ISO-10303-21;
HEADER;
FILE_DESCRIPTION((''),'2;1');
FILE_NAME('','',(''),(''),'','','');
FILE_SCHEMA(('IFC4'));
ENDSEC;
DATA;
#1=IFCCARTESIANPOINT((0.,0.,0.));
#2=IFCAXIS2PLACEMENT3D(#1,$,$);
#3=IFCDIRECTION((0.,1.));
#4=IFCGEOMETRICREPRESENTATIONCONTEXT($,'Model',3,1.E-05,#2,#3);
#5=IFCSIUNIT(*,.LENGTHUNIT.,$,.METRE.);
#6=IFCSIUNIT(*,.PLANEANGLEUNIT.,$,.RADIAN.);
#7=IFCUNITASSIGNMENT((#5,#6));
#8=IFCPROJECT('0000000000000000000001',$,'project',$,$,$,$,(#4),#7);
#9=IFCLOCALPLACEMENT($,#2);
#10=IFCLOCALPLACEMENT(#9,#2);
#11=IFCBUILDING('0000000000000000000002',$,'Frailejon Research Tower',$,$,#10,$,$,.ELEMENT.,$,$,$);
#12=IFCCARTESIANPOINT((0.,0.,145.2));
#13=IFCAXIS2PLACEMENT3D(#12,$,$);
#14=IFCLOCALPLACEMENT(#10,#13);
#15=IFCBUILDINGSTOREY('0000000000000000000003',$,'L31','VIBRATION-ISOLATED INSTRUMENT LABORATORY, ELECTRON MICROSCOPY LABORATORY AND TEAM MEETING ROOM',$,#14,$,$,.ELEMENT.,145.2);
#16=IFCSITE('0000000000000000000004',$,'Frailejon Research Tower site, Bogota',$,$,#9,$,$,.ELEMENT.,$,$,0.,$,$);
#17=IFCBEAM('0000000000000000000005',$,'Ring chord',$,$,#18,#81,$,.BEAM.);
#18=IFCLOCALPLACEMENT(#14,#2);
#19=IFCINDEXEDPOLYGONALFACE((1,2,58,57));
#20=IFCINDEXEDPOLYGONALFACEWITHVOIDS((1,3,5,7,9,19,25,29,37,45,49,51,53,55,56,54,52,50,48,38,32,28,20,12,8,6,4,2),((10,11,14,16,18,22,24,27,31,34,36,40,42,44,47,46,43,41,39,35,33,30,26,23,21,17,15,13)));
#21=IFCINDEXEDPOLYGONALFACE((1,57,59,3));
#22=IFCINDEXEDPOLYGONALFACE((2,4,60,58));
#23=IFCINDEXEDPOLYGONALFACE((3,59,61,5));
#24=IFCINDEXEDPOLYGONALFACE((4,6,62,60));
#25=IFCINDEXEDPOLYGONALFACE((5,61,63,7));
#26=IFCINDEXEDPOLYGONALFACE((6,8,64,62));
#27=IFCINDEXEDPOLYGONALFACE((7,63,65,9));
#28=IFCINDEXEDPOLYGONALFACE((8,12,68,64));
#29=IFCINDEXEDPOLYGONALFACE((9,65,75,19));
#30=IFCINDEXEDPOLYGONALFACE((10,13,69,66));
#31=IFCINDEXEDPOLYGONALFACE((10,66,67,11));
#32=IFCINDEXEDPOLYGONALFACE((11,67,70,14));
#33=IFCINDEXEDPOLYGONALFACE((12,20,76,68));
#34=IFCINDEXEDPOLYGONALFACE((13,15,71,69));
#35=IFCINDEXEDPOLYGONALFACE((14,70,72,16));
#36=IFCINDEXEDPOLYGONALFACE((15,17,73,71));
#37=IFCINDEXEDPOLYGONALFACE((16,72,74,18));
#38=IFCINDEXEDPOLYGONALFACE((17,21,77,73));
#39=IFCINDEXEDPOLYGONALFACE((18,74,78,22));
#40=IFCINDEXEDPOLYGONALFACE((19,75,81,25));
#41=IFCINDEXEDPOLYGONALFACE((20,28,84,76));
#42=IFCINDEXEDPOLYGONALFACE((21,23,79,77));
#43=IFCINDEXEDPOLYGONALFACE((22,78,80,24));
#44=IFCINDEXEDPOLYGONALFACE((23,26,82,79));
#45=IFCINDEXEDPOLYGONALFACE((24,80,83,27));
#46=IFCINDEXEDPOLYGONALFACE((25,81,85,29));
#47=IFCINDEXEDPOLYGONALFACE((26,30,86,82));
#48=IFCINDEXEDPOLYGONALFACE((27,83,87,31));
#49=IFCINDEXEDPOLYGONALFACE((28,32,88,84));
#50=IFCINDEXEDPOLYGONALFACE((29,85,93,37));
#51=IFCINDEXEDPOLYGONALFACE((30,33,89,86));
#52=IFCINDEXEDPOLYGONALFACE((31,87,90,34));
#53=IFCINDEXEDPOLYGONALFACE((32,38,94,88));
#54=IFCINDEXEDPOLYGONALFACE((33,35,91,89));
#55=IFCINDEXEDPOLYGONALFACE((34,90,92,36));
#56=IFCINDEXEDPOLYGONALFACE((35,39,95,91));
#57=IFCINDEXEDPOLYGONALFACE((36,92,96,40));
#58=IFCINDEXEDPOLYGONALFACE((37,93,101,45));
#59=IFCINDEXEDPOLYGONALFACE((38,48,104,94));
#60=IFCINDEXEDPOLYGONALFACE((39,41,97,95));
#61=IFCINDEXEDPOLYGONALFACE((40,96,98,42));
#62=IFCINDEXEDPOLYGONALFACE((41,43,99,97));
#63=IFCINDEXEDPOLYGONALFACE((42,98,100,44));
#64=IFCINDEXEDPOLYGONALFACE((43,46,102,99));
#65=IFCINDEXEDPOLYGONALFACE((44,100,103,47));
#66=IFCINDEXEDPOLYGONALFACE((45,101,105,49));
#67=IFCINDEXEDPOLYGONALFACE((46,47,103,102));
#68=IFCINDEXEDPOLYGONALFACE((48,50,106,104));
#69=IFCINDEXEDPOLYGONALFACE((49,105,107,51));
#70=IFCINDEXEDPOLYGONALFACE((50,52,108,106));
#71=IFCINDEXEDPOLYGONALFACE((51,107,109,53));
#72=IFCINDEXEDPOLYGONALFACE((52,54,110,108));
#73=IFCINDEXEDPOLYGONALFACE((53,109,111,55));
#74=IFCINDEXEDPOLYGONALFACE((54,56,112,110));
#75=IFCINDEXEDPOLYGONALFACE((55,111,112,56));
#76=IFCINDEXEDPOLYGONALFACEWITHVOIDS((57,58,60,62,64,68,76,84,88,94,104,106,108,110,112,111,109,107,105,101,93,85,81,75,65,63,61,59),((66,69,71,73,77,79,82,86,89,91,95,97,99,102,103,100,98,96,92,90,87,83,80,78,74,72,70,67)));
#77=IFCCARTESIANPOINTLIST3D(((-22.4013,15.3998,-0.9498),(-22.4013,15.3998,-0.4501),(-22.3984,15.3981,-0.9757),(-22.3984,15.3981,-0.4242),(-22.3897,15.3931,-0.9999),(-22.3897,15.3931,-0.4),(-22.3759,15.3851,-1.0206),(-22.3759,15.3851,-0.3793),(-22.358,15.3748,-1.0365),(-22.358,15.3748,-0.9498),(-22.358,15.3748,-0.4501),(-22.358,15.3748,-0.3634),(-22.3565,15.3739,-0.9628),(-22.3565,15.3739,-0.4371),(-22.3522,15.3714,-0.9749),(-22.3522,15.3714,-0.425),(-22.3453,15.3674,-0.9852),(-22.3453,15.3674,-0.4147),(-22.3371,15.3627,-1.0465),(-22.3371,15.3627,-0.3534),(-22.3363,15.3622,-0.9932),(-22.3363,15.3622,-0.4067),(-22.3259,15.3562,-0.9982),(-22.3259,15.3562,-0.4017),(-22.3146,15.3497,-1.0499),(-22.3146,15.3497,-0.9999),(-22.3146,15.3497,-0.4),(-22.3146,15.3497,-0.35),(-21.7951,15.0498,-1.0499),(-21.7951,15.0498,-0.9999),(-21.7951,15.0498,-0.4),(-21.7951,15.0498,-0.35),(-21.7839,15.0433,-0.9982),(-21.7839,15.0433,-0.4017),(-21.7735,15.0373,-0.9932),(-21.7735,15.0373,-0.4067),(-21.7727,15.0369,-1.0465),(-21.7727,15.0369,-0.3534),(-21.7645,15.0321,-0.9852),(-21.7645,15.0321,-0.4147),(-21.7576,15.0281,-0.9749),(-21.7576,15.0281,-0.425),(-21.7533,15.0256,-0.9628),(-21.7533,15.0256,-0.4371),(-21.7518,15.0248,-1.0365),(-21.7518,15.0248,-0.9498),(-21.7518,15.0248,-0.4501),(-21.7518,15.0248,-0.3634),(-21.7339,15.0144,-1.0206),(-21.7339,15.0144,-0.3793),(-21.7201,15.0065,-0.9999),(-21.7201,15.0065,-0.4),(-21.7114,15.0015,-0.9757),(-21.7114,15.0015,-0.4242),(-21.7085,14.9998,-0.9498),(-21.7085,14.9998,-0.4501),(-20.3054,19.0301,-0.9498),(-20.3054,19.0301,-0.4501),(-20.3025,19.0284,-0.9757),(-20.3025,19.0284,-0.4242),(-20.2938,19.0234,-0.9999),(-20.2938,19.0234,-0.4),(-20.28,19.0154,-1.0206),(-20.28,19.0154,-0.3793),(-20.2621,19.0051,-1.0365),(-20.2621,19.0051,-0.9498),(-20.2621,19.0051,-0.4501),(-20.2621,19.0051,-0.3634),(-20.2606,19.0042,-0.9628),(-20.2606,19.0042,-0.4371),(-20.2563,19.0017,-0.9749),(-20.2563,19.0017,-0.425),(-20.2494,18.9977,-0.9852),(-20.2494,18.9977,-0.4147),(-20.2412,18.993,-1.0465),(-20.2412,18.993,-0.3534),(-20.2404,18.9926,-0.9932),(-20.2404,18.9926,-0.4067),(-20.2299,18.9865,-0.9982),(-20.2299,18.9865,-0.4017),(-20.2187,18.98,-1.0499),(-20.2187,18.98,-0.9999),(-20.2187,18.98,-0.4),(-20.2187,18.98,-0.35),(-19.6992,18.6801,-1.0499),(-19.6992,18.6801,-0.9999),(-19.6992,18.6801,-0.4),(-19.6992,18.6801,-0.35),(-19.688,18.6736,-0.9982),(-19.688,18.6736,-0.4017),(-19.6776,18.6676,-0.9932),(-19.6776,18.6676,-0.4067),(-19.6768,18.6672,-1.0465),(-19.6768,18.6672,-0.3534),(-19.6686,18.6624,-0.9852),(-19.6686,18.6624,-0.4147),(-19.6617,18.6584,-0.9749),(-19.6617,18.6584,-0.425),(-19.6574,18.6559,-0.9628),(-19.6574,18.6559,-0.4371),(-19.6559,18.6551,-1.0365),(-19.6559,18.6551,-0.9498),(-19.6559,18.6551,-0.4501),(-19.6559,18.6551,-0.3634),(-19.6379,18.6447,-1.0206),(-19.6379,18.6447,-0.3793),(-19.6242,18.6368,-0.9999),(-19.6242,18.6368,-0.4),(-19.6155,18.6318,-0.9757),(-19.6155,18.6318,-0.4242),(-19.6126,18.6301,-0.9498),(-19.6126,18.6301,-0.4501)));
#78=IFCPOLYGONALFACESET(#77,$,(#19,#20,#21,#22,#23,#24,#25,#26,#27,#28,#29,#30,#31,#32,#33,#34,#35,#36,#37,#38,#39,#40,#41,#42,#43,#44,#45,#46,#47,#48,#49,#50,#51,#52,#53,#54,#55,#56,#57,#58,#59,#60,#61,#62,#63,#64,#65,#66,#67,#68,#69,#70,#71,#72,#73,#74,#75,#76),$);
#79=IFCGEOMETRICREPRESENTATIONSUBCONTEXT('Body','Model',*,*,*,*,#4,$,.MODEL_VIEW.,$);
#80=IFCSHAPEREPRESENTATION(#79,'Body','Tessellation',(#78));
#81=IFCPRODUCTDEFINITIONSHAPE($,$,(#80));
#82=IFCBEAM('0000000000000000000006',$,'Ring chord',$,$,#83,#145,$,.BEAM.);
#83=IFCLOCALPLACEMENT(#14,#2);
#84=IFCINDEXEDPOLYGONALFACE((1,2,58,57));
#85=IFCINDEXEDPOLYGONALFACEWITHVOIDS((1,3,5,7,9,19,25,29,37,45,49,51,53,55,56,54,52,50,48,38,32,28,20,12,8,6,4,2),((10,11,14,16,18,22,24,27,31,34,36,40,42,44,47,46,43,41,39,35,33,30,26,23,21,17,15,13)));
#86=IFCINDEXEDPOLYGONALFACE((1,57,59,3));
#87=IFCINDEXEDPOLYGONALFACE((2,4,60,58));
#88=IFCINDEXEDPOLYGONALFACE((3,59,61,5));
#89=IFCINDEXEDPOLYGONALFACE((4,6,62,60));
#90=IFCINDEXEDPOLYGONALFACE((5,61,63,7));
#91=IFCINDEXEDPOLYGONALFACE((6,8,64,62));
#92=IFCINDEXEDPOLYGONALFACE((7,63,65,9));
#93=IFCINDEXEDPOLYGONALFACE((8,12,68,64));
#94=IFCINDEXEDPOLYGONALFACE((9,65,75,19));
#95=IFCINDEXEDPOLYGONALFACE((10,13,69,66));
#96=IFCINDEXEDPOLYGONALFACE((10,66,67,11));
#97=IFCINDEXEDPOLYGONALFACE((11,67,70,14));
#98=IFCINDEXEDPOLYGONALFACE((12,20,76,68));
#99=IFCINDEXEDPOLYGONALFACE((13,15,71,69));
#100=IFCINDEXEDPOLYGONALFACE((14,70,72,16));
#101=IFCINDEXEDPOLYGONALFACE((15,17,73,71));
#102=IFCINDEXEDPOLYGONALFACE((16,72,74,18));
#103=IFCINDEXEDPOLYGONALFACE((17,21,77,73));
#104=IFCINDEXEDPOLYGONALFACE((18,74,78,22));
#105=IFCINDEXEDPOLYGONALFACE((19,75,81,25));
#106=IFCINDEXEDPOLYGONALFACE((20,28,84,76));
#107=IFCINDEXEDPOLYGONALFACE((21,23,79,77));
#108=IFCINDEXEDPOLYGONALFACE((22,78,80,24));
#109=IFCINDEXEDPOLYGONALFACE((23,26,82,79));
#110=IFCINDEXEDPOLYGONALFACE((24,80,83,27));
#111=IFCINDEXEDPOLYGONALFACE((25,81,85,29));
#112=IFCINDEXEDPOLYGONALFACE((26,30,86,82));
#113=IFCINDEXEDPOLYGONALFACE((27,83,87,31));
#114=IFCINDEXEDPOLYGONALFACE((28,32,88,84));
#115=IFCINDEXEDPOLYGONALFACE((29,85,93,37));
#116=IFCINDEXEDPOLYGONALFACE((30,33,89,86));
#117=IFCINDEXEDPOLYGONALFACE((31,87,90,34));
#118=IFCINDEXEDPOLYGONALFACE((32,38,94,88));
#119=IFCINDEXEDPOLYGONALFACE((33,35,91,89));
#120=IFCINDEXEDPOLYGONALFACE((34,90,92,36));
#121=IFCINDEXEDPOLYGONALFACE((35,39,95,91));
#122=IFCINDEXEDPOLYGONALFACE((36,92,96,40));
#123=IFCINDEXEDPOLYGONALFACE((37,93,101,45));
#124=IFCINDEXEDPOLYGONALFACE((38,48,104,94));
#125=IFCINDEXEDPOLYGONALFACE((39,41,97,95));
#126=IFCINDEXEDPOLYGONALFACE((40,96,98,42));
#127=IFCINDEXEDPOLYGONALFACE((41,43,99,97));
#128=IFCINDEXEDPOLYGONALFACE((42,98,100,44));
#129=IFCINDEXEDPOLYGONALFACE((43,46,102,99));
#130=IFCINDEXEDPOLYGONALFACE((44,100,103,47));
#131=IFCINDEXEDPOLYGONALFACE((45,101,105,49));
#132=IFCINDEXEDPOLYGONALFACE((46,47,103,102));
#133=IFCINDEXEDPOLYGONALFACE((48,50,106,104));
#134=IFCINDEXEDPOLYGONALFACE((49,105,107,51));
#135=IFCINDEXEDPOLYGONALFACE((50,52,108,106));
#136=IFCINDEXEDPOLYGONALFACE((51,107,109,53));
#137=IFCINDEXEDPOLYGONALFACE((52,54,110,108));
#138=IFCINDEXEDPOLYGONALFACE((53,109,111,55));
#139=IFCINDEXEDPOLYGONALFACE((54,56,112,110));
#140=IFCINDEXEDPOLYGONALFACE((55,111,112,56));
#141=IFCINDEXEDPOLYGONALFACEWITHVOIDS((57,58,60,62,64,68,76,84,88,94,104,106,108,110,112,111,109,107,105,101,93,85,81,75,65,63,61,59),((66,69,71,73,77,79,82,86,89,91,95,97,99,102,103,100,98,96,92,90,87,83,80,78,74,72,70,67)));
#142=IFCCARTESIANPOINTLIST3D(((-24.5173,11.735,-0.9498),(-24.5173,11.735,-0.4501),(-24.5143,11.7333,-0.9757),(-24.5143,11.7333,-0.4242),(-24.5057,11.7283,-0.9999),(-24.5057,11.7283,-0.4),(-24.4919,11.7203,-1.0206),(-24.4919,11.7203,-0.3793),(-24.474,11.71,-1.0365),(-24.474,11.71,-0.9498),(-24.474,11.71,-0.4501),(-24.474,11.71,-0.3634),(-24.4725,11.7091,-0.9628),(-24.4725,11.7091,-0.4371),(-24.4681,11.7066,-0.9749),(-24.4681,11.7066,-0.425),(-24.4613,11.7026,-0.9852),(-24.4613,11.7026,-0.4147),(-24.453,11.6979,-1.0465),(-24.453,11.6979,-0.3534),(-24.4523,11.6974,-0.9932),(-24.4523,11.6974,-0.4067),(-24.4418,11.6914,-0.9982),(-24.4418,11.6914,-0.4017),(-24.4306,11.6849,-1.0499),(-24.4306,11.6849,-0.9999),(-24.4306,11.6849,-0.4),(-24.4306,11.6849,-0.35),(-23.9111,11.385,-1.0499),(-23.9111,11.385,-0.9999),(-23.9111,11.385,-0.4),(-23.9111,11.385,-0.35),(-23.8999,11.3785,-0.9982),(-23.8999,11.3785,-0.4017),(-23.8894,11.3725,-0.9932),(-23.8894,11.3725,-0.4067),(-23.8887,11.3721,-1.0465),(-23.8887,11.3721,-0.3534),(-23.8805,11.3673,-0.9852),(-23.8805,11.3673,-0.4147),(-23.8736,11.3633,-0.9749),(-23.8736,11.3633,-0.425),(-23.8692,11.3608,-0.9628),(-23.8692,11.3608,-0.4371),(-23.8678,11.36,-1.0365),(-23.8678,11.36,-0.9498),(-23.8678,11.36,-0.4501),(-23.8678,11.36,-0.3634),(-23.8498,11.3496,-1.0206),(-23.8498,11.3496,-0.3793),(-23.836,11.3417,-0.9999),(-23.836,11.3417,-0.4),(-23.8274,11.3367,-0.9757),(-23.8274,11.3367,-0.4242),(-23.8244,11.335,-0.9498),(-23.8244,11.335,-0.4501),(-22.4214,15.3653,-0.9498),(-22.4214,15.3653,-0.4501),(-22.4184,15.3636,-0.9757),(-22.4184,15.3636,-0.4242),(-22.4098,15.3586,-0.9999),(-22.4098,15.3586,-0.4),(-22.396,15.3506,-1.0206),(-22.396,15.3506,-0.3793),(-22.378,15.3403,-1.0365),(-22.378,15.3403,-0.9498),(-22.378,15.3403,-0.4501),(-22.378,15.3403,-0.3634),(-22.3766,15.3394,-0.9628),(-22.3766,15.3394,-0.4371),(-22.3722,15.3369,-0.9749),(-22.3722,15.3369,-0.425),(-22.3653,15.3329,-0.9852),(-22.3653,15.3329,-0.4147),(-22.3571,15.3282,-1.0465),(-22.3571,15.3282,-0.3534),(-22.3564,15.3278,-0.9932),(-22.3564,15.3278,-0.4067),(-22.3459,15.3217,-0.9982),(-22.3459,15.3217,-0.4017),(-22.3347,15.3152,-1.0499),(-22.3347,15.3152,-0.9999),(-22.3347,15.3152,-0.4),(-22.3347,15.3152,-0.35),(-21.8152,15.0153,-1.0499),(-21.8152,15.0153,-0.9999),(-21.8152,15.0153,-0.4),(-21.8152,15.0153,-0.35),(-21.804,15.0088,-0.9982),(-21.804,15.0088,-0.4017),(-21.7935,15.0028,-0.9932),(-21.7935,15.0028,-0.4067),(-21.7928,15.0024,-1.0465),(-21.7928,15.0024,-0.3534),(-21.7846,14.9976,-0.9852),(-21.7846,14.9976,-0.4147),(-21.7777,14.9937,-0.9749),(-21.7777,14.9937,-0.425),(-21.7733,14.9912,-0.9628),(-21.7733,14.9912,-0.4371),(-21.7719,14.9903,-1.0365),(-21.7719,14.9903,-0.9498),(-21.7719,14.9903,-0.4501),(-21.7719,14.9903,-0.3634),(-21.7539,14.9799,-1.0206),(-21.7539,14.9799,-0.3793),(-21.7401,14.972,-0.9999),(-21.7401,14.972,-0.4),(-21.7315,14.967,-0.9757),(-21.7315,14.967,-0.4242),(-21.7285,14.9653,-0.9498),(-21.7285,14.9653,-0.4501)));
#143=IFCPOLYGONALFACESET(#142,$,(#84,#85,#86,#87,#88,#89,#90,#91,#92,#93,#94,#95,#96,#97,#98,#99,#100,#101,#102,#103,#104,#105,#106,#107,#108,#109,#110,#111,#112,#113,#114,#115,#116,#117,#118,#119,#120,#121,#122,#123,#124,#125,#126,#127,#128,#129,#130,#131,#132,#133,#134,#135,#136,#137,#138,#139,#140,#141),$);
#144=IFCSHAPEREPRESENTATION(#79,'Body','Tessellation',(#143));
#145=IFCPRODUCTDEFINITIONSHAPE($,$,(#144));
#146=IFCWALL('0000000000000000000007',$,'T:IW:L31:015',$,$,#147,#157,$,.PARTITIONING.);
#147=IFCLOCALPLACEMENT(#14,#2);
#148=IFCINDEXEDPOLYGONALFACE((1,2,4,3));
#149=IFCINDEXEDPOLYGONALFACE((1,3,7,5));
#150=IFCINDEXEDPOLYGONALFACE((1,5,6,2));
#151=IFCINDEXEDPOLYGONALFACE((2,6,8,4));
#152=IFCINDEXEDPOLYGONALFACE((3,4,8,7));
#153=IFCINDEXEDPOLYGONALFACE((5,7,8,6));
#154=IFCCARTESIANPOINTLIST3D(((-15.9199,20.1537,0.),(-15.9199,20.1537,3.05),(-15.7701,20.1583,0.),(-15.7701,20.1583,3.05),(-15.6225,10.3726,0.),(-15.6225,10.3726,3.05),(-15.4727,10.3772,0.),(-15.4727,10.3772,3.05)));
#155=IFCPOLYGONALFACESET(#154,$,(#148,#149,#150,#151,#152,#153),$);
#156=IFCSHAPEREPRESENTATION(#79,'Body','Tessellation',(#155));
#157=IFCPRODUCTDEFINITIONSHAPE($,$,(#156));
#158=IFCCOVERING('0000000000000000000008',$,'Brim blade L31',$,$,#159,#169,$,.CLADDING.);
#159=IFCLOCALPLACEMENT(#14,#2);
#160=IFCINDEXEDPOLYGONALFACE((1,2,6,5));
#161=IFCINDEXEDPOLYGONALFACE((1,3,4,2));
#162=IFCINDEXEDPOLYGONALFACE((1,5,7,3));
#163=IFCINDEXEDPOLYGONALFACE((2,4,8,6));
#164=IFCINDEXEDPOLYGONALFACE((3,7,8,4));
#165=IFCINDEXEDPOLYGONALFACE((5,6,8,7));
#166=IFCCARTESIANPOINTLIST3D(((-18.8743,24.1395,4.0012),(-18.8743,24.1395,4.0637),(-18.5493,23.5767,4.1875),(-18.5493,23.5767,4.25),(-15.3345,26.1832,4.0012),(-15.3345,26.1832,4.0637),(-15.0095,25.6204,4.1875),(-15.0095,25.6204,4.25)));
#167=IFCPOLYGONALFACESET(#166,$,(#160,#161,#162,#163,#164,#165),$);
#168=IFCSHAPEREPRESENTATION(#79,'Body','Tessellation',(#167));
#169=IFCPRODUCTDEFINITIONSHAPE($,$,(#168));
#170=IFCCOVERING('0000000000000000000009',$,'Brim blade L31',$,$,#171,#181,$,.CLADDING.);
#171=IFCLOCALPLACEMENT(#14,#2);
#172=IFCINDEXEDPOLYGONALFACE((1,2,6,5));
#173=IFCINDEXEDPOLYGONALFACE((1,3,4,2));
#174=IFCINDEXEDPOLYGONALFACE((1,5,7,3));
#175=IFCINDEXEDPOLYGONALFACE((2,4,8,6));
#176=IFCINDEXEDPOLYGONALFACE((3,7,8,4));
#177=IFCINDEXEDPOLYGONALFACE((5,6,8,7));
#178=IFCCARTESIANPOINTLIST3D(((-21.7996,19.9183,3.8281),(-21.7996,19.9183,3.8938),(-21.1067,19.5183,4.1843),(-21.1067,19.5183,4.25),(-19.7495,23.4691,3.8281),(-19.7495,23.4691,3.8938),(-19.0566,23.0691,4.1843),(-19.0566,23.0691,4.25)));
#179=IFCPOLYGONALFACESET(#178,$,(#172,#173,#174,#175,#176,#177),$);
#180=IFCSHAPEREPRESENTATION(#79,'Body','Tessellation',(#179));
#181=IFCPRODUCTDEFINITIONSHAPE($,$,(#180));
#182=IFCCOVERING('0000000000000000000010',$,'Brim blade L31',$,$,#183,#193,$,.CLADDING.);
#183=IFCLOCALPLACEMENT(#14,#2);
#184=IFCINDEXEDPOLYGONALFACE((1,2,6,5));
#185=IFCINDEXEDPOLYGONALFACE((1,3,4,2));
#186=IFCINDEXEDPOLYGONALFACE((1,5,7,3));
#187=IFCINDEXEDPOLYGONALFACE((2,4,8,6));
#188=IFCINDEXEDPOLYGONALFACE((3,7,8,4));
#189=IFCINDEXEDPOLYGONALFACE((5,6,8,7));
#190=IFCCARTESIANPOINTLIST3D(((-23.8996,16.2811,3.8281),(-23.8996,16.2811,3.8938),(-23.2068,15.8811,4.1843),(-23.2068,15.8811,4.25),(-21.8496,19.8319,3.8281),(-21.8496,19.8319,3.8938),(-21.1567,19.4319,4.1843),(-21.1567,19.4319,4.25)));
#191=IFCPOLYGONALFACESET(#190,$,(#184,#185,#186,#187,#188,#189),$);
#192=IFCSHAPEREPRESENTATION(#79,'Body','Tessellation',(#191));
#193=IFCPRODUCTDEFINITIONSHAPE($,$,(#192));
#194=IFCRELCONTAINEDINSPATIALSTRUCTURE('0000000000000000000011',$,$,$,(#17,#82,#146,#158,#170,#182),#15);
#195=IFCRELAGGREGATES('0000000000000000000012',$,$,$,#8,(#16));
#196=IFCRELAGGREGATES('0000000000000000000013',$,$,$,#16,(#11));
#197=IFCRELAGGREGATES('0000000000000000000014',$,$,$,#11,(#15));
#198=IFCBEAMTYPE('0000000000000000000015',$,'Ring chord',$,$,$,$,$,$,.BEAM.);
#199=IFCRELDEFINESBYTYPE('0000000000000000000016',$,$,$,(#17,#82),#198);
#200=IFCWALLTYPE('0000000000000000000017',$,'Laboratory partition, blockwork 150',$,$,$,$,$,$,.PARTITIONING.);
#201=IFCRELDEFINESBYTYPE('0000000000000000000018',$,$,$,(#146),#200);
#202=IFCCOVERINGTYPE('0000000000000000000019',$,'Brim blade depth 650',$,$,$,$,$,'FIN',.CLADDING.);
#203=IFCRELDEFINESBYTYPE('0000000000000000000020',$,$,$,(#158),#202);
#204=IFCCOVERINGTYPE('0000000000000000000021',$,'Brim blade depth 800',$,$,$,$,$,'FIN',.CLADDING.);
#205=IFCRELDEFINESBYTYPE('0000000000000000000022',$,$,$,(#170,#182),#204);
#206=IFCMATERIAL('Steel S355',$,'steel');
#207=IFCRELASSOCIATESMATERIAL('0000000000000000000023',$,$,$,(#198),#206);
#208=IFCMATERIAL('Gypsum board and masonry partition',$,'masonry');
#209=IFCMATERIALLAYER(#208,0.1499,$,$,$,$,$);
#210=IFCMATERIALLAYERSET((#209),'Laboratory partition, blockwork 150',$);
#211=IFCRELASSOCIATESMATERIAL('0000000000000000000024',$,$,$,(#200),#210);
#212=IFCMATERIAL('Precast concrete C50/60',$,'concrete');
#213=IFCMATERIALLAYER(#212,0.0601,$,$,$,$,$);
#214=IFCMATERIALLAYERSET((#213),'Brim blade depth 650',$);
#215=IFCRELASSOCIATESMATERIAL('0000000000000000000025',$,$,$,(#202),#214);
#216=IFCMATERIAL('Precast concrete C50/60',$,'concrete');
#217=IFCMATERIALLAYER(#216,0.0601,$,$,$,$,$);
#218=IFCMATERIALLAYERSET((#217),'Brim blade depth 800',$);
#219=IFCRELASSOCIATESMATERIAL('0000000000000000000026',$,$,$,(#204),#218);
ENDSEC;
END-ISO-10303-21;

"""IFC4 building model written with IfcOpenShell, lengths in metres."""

from ifc_helpers import new_model, si_unit, direction, frame, frame_2d, origin, origin_2d, place, context, subcontext, project, spatial, polyline, rectangle, hollow_rectangle, outline, extrude, material, layer, layer_set, material_profile, profile_set, type_object, element, save


model = new_model("IFC4")

# Units and contexts
model_context = context("Model", 3, precision=1e-05, world=origin(), true_north=direction((0.0, 1.0)))
body_context = subcontext(model_context, "Body", "Model", "MODEL_VIEW")
ifc_project = project(units=[si_unit("LENGTHUNIT", "METRE"), si_unit("PLANEANGLEUNIT", "RADIAN")], contexts=[model_context])

# Site, building, storey
site_placement = place(None, origin())
site = spatial("IfcSite", under=ifc_project, at=site_placement, Name="Frailejon Research Tower site, Bogota", CompositionType="ELEMENT", RefElevation=0.0)
building_placement = place(site_placement, origin())
building = spatial("IfcBuilding", under=site, at=building_placement, Name="Frailejon Research Tower", CompositionType="ELEMENT")
storey_placement = place(building_placement, frame((0.0, 0.0, 145.2)))
storey = spatial("IfcBuildingStorey", under=building, at=storey_placement, Name="L31", Description="VIBRATION-ISOLATED INSTRUMENT LABORATORY, ELECTRON MICROSCOPY LABORATORY AND TEAM MEETING ROOM", CompositionType="ELEMENT", Elevation=145.2)

# Beams
ifc_material_1 = material(Name="Steel S355", Category="steel")
ifc_material_profile_1 = material_profile(ifc_material_1, hollow_rectangle(XDim=0.8, YDim=0.7, WallThickness=0.05, InnerFilletRadius=0.05, OuterFilletRadius=0.1001, at=origin_2d()), Name="Ring chord")
ifc_profile_set_1 = profile_set([ifc_material_profile_1], Name="Steel S355")
beam_type_1 = type_object("IfcBeamType", Name="Ring chord", PredefinedType="BEAM", material=ifc_profile_set_1)
for number, where, z_axis, x_axis, name in (
    (1, (-19.959, 18.8301, -0.7), (-0.499991, -0.86603, 0.0), (0.86603, -0.499991, 0.0), "Ring chord"),
    (2, (-22.075, 15.1653, -0.7), (-0.499991, -0.86603, 0.0), (0.86603, -0.499991, 0.0), "Ring chord"),
):
    element("IfcBeam", number, at=place(storey_placement, frame(where, z_axis=z_axis, x_axis=x_axis)), inside=storey, type_object=beam_type_1, Name=name, PredefinedType="BEAM", context=body_context, shape_type="SweptSolid", body=[
        extrude(hollow_rectangle(XDim=0.8, YDim=0.7, WallThickness=0.05, InnerFilletRadius=0.05, OuterFilletRadius=0.1001, at=origin_2d()), origin(), (0.0, 0.0, 1.0), 4.1919),
    ])

# Wall
ifc_material_2 = material(Name="Gypsum board and masonry partition", Category="masonry")
ifc_layer_1 = layer(ifc_material_2, 0.1499)
ifc_layer_set_1 = layer_set([ifc_layer_1], Name="Laboratory partition, blockwork 150")
wall_type_1 = type_object("IfcWallType", Name="Laboratory partition, blockwork 150", PredefinedType="PARTITIONING", material=ifc_layer_set_1)
wall_1_placement = place(storey_placement, frame((-15.845, 20.156, 0.0), z_axis=(0.0, 0.0, 1.0), x_axis=(0.030388, -0.999538, 0.0)))
element("IfcWall", 3, at=wall_1_placement, inside=storey, type_object=wall_type_1, Name="T:IW:L31:015", PredefinedType="PARTITIONING", context=body_context, shape_type="SweptSolid", body=[
    extrude(rectangle(XDim=9.7856, YDim=0.1499, at=frame_2d((4.8928, 0.0))), origin(), (0.0, 0.0, 1.0), 3.05),
])

# Coverings
ifc_material_3 = material(Name="Precast concrete C50/60", Category="concrete")
ifc_layer_2 = layer(ifc_material_3, 0.0601)
ifc_layer_set_2 = layer_set([ifc_layer_2], Name="Brim blade depth 650")
covering_type_1 = type_object("IfcCoveringType", Name="Brim blade depth 650", ElementType="FIN", PredefinedType="CLADDING", material=ifc_layer_set_2)
covering_1_placement = place(storey_placement, frame((-18.5493, 23.5767, 4.25), z_axis=(0.866021, 0.500007, 0.0), x_axis=(-0.500007, 0.866021, 0.0)))
element("IfcCovering", 4, at=covering_1_placement, inside=storey, type_object=covering_type_1, Name="Brim blade L31", PredefinedType="CLADDING", context=body_context, shape_type="SweptSolid", body=[
    extrude(outline(polyline([(0.0, -0.0625), (0.6499, -0.2488), (0.6499, -0.1863), (0.0, 0.0), (0.0, -0.0625)])), origin(), (0.0, 0.0, 1.0), 4.0874),
])
ifc_material_4 = material(Name="Precast concrete C50/60", Category="concrete")
ifc_layer_3 = layer(ifc_material_4, 0.0601)
ifc_layer_set_3 = layer_set([ifc_layer_3], Name="Brim blade depth 800")
covering_type_2 = type_object("IfcCoveringType", Name="Brim blade depth 800", ElementType="FIN", PredefinedType="CLADDING", material=ifc_layer_set_3)
for number, where, z_axis, x_axis, name in (
    (5, (-21.1067, 19.5183, 4.25), (0.500001, 0.866025, 0.0), (-0.866025, 0.500001, 0.0), "Brim blade L31"),
    (6, (-23.2068, 15.8811, 4.25), (0.500001, 0.866025, 0.0), (-0.866025, 0.500001, 0.0), "Brim blade L31"),
):
    element("IfcCovering", number, at=place(storey_placement, frame(where, z_axis=z_axis, x_axis=x_axis)), inside=storey, type_object=covering_type_2, Name=name, PredefinedType="CLADDING", context=body_context, shape_type="SweptSolid", body=[
        extrude(outline(polyline([(0.0, -0.0657), (0.8, -0.4219), (0.8, -0.3562), (0.0, 0.0), (0.0, -0.0657)])), origin(), (0.0, 0.0, 1.0), 4.1001),
    ])

save(model, "model.ifc")
